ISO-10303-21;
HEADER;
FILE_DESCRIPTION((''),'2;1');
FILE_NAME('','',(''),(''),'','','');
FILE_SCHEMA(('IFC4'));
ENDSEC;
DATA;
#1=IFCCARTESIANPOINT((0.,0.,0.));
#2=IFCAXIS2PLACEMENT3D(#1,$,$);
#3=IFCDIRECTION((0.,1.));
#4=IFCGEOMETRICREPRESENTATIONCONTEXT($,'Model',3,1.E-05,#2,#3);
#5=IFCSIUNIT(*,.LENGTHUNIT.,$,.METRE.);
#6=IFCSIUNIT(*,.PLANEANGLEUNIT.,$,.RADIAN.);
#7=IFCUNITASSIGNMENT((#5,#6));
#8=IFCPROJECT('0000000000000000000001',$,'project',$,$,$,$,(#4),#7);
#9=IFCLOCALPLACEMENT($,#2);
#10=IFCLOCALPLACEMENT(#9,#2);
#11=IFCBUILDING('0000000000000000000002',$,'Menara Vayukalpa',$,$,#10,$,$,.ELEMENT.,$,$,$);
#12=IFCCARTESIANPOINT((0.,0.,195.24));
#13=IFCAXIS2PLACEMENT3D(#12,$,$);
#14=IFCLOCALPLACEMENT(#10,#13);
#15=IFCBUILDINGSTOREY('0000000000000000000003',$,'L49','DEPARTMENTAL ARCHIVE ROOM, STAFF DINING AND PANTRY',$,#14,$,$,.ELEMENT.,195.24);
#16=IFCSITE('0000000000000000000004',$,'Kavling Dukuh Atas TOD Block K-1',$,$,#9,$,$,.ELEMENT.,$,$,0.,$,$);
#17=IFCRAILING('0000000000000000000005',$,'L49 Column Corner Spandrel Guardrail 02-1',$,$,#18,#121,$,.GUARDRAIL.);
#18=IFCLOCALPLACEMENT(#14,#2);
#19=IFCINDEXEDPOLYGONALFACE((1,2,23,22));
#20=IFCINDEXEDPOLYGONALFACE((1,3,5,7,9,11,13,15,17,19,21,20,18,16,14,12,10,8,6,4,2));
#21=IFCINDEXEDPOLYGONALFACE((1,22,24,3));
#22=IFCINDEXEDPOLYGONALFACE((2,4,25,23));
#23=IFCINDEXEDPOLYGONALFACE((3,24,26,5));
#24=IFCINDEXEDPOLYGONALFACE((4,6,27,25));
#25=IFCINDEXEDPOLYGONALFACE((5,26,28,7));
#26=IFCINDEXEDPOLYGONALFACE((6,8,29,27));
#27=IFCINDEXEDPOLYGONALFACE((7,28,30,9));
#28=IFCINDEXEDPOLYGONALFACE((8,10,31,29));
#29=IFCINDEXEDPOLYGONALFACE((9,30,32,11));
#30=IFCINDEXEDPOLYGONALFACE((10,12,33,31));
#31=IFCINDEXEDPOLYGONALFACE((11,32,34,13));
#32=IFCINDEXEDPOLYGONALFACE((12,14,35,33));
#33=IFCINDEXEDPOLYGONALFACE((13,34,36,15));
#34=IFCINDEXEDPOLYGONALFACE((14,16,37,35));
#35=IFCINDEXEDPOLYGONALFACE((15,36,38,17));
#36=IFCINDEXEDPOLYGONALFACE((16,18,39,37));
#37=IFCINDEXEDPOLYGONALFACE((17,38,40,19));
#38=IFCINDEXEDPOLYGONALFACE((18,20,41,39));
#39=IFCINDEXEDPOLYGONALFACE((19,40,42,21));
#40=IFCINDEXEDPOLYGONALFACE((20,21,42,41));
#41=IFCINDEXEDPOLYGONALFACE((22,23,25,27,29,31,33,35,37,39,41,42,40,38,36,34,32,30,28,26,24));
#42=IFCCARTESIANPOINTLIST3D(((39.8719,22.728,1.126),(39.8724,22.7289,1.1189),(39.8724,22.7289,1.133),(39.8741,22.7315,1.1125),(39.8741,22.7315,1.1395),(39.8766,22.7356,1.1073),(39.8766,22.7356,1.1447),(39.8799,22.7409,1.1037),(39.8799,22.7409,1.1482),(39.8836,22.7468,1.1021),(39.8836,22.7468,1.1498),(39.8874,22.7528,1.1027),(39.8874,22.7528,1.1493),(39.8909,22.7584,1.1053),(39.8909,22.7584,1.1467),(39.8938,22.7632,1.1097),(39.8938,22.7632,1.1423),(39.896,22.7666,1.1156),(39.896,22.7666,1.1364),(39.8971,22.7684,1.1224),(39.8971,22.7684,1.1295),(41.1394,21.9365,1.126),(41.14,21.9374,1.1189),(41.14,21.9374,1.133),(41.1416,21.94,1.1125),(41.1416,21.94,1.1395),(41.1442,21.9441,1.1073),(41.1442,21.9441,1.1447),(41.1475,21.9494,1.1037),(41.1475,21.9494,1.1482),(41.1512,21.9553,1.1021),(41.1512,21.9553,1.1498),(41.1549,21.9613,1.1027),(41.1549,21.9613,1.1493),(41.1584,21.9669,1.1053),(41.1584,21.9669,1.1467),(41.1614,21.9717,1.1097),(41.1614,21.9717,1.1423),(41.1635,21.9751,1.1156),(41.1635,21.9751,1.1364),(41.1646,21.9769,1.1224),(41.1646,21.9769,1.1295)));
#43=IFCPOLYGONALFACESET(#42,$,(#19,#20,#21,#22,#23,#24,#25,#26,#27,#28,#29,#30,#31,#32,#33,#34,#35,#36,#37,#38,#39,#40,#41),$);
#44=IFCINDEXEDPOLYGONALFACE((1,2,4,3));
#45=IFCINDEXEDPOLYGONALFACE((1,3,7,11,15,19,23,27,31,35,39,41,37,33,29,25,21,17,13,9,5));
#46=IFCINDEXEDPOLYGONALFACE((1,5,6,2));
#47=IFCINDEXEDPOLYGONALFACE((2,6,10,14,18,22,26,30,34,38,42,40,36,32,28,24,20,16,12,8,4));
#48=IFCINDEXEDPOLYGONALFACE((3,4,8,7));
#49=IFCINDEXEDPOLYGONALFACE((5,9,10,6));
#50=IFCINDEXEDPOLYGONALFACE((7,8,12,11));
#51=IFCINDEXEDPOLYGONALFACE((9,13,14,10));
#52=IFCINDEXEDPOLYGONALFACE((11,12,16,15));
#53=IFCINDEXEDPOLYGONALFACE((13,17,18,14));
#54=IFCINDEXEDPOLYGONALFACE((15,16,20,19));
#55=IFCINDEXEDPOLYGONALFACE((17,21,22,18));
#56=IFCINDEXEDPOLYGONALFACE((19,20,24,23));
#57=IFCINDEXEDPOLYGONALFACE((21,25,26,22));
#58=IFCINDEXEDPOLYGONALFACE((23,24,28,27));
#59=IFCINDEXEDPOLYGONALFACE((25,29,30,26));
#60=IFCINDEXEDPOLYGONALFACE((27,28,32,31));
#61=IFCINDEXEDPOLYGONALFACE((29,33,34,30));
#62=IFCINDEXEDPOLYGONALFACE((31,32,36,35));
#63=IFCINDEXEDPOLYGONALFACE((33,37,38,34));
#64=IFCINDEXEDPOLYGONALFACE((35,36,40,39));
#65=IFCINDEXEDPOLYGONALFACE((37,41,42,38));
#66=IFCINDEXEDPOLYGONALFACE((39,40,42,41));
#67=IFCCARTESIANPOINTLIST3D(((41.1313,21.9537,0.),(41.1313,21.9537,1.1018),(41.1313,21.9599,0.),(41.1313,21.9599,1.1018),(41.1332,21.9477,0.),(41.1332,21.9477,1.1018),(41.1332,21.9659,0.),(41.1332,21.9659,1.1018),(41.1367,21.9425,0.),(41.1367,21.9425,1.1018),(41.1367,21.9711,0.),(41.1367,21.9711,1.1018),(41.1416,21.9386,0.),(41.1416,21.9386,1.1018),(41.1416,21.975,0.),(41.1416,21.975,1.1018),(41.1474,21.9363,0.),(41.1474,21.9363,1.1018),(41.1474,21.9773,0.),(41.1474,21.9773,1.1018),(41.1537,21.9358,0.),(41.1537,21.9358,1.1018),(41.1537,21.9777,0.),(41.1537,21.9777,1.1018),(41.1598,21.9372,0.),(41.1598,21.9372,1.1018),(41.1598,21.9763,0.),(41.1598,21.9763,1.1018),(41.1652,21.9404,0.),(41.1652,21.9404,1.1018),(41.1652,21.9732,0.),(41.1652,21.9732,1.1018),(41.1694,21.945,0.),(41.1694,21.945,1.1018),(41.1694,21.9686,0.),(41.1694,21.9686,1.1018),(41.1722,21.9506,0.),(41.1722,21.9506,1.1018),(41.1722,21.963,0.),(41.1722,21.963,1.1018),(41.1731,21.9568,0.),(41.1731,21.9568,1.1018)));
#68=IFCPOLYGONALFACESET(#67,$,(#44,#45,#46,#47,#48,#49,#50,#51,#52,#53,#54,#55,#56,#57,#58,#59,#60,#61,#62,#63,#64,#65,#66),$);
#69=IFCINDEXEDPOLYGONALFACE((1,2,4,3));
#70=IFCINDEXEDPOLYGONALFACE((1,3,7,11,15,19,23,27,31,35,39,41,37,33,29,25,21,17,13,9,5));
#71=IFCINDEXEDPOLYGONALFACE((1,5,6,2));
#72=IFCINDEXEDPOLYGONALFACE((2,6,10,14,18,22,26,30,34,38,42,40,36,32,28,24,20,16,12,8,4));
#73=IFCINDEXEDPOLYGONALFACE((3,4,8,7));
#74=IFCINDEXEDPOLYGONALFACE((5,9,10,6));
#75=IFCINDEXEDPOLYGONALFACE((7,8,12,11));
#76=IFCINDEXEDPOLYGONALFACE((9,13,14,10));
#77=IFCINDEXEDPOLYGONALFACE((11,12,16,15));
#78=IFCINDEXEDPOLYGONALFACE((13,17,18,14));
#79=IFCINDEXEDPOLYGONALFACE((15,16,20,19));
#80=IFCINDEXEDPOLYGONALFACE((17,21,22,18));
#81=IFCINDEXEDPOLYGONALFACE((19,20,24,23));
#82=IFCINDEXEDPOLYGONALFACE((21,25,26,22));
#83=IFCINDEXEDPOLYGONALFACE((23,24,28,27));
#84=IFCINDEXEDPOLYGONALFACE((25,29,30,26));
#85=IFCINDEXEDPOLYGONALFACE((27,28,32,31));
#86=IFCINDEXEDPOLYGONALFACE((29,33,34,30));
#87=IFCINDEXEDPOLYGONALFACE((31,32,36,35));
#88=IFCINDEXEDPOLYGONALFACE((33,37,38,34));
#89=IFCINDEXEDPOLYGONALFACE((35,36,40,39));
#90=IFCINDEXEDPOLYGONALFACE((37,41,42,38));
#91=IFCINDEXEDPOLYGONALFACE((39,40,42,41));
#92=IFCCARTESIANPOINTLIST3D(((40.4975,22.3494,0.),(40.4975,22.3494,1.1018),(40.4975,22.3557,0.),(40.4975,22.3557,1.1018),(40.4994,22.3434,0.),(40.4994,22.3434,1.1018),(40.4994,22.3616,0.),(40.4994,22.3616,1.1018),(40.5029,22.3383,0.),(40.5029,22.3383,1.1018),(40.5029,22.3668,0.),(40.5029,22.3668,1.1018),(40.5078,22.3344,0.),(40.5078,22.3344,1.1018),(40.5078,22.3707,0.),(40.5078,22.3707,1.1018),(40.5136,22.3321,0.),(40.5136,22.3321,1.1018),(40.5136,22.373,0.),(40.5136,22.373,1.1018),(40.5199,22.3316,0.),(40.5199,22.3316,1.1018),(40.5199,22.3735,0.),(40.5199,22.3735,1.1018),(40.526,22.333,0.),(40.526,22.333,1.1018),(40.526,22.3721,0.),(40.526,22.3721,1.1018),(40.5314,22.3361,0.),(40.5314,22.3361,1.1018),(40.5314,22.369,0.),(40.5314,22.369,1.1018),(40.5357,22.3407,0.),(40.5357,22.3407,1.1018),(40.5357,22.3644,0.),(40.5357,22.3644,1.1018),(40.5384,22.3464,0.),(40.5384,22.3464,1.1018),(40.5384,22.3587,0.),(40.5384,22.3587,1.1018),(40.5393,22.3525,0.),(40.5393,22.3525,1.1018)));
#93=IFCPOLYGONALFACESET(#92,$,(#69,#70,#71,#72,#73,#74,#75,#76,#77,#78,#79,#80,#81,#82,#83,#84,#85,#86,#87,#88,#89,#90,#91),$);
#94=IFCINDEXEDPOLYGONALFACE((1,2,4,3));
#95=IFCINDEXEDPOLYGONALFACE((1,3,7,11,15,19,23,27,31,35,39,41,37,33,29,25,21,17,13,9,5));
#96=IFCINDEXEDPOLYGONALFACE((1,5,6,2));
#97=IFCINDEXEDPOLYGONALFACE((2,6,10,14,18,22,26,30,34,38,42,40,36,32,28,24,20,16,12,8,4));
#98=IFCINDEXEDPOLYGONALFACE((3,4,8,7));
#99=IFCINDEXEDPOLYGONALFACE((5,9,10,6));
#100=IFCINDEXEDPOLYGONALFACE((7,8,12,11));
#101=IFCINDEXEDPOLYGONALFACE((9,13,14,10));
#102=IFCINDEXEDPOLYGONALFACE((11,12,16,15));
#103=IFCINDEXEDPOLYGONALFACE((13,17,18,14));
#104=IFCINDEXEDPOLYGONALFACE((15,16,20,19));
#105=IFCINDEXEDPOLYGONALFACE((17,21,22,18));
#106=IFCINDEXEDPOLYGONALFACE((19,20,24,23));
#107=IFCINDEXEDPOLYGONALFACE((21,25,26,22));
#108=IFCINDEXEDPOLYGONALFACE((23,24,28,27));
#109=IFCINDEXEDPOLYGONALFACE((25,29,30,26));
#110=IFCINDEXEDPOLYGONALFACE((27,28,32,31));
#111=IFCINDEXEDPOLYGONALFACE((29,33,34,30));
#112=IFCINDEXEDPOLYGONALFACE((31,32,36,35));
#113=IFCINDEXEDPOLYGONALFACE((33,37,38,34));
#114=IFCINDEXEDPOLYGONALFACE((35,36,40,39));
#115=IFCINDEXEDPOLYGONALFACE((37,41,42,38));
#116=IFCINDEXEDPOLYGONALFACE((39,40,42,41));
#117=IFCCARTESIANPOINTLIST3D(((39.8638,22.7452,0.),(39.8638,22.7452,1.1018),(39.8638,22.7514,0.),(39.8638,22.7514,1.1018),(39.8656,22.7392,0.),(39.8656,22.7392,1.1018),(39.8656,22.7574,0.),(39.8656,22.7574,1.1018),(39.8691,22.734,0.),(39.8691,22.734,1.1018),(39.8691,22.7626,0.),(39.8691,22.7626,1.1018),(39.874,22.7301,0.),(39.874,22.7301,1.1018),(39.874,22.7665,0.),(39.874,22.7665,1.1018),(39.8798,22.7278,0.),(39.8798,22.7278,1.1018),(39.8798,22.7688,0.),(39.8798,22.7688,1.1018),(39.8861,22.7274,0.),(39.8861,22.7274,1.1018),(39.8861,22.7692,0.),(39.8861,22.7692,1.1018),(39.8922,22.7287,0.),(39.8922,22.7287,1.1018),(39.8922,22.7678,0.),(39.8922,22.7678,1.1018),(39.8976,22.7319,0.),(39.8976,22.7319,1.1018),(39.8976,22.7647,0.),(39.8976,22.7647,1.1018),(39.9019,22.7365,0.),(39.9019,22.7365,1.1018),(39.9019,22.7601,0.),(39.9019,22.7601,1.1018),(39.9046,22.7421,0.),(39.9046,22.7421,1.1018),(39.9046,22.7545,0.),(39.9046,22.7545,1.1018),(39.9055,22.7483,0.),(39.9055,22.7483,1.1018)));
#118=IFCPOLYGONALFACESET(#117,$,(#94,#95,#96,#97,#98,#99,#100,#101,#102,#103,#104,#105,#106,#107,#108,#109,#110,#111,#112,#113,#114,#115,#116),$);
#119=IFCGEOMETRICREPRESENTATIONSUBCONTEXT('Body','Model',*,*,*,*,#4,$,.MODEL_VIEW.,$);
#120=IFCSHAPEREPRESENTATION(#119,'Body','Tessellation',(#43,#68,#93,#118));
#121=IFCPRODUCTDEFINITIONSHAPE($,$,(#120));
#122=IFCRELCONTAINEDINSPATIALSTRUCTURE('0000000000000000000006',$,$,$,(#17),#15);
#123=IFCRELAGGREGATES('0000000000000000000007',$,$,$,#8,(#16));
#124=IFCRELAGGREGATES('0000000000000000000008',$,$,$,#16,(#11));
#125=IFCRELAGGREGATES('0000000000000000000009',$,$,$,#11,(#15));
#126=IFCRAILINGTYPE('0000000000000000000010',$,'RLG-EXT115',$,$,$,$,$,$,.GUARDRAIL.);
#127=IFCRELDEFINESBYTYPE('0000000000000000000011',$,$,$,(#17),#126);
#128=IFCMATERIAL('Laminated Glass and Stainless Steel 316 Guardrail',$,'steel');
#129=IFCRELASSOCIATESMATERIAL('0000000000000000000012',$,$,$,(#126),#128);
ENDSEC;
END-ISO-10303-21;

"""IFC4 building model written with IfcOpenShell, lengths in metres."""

from ifc_helpers import new_model, si_unit, direction, frame, origin, origin_2d, place, context, subcontext, project, spatial, circle, extrude, material, type_object, element, save


model = new_model("IFC4")

# Units and contexts
model_context = context("Model", 3, precision=1e-05, world=origin(), true_north=direction((0.0, 1.0)))
body_context = subcontext(model_context, "Body", "Model", "MODEL_VIEW")
ifc_project = project(units=[si_unit("LENGTHUNIT", "METRE"), si_unit("PLANEANGLEUNIT", "RADIAN")], contexts=[model_context])

# Site, building, storey
site_placement = place(None, origin())
site = spatial("IfcSite", under=ifc_project, at=site_placement, Name="Kavling Dukuh Atas TOD Block K-1", CompositionType="ELEMENT", RefElevation=0.0)
building_placement = place(site_placement, origin())
building = spatial("IfcBuilding", under=site, at=building_placement, Name="Menara Vayukalpa", CompositionType="ELEMENT")
storey_placement = place(building_placement, frame((0.0, 0.0, 195.24)))
storey = spatial("IfcBuildingStorey", under=building, at=storey_placement, Name="L49", Description="DEPARTMENTAL ARCHIVE ROOM, STAFF DINING AND PANTRY", CompositionType="ELEMENT", Elevation=195.24)

# Railing
ifc_material_1 = material(Name="Laminated Glass and Stainless Steel 316 Guardrail", Category="steel")
railing_type_1 = type_object("IfcRailingType", Name="RLG-EXT115", PredefinedType="GUARDRAIL", material=ifc_material_1)
railing_1_placement = place(storey_placement, frame((41.1521, 21.9568, 0.0)))
element("IfcRailing", 1, at=railing_1_placement, inside=storey, type_object=railing_type_1, Name="L49 Column Corner Spandrel Guardrail 02-1", PredefinedType="GUARDRAIL", context=body_context, shape_type="SweptSolid", body=[
    extrude(circle(Radius=0.0239, at=origin_2d()), frame((0.0, 0.0, 1.126), z_axis=(-0.848219, 0.529646, 0.0), x_axis=(-0.529646, -0.848219, 0.0)), (0.0, 0.0, 1.0), 1.4944),
    extrude(circle(Radius=0.021, at=origin_2d()), origin(), (0.0, 0.0, 1.0), 1.1018),
    extrude(circle(Radius=0.021, at=origin_2d()), frame((-0.6338, 0.3958, 0.0)), (0.0, 0.0, 1.0), 1.1018),
    extrude(circle(Radius=0.021, at=origin_2d()), frame((-1.2676, 0.7915, 0.0)), (0.0, 0.0, 1.0), 1.1018),
])

save(model, "model.ifc")
